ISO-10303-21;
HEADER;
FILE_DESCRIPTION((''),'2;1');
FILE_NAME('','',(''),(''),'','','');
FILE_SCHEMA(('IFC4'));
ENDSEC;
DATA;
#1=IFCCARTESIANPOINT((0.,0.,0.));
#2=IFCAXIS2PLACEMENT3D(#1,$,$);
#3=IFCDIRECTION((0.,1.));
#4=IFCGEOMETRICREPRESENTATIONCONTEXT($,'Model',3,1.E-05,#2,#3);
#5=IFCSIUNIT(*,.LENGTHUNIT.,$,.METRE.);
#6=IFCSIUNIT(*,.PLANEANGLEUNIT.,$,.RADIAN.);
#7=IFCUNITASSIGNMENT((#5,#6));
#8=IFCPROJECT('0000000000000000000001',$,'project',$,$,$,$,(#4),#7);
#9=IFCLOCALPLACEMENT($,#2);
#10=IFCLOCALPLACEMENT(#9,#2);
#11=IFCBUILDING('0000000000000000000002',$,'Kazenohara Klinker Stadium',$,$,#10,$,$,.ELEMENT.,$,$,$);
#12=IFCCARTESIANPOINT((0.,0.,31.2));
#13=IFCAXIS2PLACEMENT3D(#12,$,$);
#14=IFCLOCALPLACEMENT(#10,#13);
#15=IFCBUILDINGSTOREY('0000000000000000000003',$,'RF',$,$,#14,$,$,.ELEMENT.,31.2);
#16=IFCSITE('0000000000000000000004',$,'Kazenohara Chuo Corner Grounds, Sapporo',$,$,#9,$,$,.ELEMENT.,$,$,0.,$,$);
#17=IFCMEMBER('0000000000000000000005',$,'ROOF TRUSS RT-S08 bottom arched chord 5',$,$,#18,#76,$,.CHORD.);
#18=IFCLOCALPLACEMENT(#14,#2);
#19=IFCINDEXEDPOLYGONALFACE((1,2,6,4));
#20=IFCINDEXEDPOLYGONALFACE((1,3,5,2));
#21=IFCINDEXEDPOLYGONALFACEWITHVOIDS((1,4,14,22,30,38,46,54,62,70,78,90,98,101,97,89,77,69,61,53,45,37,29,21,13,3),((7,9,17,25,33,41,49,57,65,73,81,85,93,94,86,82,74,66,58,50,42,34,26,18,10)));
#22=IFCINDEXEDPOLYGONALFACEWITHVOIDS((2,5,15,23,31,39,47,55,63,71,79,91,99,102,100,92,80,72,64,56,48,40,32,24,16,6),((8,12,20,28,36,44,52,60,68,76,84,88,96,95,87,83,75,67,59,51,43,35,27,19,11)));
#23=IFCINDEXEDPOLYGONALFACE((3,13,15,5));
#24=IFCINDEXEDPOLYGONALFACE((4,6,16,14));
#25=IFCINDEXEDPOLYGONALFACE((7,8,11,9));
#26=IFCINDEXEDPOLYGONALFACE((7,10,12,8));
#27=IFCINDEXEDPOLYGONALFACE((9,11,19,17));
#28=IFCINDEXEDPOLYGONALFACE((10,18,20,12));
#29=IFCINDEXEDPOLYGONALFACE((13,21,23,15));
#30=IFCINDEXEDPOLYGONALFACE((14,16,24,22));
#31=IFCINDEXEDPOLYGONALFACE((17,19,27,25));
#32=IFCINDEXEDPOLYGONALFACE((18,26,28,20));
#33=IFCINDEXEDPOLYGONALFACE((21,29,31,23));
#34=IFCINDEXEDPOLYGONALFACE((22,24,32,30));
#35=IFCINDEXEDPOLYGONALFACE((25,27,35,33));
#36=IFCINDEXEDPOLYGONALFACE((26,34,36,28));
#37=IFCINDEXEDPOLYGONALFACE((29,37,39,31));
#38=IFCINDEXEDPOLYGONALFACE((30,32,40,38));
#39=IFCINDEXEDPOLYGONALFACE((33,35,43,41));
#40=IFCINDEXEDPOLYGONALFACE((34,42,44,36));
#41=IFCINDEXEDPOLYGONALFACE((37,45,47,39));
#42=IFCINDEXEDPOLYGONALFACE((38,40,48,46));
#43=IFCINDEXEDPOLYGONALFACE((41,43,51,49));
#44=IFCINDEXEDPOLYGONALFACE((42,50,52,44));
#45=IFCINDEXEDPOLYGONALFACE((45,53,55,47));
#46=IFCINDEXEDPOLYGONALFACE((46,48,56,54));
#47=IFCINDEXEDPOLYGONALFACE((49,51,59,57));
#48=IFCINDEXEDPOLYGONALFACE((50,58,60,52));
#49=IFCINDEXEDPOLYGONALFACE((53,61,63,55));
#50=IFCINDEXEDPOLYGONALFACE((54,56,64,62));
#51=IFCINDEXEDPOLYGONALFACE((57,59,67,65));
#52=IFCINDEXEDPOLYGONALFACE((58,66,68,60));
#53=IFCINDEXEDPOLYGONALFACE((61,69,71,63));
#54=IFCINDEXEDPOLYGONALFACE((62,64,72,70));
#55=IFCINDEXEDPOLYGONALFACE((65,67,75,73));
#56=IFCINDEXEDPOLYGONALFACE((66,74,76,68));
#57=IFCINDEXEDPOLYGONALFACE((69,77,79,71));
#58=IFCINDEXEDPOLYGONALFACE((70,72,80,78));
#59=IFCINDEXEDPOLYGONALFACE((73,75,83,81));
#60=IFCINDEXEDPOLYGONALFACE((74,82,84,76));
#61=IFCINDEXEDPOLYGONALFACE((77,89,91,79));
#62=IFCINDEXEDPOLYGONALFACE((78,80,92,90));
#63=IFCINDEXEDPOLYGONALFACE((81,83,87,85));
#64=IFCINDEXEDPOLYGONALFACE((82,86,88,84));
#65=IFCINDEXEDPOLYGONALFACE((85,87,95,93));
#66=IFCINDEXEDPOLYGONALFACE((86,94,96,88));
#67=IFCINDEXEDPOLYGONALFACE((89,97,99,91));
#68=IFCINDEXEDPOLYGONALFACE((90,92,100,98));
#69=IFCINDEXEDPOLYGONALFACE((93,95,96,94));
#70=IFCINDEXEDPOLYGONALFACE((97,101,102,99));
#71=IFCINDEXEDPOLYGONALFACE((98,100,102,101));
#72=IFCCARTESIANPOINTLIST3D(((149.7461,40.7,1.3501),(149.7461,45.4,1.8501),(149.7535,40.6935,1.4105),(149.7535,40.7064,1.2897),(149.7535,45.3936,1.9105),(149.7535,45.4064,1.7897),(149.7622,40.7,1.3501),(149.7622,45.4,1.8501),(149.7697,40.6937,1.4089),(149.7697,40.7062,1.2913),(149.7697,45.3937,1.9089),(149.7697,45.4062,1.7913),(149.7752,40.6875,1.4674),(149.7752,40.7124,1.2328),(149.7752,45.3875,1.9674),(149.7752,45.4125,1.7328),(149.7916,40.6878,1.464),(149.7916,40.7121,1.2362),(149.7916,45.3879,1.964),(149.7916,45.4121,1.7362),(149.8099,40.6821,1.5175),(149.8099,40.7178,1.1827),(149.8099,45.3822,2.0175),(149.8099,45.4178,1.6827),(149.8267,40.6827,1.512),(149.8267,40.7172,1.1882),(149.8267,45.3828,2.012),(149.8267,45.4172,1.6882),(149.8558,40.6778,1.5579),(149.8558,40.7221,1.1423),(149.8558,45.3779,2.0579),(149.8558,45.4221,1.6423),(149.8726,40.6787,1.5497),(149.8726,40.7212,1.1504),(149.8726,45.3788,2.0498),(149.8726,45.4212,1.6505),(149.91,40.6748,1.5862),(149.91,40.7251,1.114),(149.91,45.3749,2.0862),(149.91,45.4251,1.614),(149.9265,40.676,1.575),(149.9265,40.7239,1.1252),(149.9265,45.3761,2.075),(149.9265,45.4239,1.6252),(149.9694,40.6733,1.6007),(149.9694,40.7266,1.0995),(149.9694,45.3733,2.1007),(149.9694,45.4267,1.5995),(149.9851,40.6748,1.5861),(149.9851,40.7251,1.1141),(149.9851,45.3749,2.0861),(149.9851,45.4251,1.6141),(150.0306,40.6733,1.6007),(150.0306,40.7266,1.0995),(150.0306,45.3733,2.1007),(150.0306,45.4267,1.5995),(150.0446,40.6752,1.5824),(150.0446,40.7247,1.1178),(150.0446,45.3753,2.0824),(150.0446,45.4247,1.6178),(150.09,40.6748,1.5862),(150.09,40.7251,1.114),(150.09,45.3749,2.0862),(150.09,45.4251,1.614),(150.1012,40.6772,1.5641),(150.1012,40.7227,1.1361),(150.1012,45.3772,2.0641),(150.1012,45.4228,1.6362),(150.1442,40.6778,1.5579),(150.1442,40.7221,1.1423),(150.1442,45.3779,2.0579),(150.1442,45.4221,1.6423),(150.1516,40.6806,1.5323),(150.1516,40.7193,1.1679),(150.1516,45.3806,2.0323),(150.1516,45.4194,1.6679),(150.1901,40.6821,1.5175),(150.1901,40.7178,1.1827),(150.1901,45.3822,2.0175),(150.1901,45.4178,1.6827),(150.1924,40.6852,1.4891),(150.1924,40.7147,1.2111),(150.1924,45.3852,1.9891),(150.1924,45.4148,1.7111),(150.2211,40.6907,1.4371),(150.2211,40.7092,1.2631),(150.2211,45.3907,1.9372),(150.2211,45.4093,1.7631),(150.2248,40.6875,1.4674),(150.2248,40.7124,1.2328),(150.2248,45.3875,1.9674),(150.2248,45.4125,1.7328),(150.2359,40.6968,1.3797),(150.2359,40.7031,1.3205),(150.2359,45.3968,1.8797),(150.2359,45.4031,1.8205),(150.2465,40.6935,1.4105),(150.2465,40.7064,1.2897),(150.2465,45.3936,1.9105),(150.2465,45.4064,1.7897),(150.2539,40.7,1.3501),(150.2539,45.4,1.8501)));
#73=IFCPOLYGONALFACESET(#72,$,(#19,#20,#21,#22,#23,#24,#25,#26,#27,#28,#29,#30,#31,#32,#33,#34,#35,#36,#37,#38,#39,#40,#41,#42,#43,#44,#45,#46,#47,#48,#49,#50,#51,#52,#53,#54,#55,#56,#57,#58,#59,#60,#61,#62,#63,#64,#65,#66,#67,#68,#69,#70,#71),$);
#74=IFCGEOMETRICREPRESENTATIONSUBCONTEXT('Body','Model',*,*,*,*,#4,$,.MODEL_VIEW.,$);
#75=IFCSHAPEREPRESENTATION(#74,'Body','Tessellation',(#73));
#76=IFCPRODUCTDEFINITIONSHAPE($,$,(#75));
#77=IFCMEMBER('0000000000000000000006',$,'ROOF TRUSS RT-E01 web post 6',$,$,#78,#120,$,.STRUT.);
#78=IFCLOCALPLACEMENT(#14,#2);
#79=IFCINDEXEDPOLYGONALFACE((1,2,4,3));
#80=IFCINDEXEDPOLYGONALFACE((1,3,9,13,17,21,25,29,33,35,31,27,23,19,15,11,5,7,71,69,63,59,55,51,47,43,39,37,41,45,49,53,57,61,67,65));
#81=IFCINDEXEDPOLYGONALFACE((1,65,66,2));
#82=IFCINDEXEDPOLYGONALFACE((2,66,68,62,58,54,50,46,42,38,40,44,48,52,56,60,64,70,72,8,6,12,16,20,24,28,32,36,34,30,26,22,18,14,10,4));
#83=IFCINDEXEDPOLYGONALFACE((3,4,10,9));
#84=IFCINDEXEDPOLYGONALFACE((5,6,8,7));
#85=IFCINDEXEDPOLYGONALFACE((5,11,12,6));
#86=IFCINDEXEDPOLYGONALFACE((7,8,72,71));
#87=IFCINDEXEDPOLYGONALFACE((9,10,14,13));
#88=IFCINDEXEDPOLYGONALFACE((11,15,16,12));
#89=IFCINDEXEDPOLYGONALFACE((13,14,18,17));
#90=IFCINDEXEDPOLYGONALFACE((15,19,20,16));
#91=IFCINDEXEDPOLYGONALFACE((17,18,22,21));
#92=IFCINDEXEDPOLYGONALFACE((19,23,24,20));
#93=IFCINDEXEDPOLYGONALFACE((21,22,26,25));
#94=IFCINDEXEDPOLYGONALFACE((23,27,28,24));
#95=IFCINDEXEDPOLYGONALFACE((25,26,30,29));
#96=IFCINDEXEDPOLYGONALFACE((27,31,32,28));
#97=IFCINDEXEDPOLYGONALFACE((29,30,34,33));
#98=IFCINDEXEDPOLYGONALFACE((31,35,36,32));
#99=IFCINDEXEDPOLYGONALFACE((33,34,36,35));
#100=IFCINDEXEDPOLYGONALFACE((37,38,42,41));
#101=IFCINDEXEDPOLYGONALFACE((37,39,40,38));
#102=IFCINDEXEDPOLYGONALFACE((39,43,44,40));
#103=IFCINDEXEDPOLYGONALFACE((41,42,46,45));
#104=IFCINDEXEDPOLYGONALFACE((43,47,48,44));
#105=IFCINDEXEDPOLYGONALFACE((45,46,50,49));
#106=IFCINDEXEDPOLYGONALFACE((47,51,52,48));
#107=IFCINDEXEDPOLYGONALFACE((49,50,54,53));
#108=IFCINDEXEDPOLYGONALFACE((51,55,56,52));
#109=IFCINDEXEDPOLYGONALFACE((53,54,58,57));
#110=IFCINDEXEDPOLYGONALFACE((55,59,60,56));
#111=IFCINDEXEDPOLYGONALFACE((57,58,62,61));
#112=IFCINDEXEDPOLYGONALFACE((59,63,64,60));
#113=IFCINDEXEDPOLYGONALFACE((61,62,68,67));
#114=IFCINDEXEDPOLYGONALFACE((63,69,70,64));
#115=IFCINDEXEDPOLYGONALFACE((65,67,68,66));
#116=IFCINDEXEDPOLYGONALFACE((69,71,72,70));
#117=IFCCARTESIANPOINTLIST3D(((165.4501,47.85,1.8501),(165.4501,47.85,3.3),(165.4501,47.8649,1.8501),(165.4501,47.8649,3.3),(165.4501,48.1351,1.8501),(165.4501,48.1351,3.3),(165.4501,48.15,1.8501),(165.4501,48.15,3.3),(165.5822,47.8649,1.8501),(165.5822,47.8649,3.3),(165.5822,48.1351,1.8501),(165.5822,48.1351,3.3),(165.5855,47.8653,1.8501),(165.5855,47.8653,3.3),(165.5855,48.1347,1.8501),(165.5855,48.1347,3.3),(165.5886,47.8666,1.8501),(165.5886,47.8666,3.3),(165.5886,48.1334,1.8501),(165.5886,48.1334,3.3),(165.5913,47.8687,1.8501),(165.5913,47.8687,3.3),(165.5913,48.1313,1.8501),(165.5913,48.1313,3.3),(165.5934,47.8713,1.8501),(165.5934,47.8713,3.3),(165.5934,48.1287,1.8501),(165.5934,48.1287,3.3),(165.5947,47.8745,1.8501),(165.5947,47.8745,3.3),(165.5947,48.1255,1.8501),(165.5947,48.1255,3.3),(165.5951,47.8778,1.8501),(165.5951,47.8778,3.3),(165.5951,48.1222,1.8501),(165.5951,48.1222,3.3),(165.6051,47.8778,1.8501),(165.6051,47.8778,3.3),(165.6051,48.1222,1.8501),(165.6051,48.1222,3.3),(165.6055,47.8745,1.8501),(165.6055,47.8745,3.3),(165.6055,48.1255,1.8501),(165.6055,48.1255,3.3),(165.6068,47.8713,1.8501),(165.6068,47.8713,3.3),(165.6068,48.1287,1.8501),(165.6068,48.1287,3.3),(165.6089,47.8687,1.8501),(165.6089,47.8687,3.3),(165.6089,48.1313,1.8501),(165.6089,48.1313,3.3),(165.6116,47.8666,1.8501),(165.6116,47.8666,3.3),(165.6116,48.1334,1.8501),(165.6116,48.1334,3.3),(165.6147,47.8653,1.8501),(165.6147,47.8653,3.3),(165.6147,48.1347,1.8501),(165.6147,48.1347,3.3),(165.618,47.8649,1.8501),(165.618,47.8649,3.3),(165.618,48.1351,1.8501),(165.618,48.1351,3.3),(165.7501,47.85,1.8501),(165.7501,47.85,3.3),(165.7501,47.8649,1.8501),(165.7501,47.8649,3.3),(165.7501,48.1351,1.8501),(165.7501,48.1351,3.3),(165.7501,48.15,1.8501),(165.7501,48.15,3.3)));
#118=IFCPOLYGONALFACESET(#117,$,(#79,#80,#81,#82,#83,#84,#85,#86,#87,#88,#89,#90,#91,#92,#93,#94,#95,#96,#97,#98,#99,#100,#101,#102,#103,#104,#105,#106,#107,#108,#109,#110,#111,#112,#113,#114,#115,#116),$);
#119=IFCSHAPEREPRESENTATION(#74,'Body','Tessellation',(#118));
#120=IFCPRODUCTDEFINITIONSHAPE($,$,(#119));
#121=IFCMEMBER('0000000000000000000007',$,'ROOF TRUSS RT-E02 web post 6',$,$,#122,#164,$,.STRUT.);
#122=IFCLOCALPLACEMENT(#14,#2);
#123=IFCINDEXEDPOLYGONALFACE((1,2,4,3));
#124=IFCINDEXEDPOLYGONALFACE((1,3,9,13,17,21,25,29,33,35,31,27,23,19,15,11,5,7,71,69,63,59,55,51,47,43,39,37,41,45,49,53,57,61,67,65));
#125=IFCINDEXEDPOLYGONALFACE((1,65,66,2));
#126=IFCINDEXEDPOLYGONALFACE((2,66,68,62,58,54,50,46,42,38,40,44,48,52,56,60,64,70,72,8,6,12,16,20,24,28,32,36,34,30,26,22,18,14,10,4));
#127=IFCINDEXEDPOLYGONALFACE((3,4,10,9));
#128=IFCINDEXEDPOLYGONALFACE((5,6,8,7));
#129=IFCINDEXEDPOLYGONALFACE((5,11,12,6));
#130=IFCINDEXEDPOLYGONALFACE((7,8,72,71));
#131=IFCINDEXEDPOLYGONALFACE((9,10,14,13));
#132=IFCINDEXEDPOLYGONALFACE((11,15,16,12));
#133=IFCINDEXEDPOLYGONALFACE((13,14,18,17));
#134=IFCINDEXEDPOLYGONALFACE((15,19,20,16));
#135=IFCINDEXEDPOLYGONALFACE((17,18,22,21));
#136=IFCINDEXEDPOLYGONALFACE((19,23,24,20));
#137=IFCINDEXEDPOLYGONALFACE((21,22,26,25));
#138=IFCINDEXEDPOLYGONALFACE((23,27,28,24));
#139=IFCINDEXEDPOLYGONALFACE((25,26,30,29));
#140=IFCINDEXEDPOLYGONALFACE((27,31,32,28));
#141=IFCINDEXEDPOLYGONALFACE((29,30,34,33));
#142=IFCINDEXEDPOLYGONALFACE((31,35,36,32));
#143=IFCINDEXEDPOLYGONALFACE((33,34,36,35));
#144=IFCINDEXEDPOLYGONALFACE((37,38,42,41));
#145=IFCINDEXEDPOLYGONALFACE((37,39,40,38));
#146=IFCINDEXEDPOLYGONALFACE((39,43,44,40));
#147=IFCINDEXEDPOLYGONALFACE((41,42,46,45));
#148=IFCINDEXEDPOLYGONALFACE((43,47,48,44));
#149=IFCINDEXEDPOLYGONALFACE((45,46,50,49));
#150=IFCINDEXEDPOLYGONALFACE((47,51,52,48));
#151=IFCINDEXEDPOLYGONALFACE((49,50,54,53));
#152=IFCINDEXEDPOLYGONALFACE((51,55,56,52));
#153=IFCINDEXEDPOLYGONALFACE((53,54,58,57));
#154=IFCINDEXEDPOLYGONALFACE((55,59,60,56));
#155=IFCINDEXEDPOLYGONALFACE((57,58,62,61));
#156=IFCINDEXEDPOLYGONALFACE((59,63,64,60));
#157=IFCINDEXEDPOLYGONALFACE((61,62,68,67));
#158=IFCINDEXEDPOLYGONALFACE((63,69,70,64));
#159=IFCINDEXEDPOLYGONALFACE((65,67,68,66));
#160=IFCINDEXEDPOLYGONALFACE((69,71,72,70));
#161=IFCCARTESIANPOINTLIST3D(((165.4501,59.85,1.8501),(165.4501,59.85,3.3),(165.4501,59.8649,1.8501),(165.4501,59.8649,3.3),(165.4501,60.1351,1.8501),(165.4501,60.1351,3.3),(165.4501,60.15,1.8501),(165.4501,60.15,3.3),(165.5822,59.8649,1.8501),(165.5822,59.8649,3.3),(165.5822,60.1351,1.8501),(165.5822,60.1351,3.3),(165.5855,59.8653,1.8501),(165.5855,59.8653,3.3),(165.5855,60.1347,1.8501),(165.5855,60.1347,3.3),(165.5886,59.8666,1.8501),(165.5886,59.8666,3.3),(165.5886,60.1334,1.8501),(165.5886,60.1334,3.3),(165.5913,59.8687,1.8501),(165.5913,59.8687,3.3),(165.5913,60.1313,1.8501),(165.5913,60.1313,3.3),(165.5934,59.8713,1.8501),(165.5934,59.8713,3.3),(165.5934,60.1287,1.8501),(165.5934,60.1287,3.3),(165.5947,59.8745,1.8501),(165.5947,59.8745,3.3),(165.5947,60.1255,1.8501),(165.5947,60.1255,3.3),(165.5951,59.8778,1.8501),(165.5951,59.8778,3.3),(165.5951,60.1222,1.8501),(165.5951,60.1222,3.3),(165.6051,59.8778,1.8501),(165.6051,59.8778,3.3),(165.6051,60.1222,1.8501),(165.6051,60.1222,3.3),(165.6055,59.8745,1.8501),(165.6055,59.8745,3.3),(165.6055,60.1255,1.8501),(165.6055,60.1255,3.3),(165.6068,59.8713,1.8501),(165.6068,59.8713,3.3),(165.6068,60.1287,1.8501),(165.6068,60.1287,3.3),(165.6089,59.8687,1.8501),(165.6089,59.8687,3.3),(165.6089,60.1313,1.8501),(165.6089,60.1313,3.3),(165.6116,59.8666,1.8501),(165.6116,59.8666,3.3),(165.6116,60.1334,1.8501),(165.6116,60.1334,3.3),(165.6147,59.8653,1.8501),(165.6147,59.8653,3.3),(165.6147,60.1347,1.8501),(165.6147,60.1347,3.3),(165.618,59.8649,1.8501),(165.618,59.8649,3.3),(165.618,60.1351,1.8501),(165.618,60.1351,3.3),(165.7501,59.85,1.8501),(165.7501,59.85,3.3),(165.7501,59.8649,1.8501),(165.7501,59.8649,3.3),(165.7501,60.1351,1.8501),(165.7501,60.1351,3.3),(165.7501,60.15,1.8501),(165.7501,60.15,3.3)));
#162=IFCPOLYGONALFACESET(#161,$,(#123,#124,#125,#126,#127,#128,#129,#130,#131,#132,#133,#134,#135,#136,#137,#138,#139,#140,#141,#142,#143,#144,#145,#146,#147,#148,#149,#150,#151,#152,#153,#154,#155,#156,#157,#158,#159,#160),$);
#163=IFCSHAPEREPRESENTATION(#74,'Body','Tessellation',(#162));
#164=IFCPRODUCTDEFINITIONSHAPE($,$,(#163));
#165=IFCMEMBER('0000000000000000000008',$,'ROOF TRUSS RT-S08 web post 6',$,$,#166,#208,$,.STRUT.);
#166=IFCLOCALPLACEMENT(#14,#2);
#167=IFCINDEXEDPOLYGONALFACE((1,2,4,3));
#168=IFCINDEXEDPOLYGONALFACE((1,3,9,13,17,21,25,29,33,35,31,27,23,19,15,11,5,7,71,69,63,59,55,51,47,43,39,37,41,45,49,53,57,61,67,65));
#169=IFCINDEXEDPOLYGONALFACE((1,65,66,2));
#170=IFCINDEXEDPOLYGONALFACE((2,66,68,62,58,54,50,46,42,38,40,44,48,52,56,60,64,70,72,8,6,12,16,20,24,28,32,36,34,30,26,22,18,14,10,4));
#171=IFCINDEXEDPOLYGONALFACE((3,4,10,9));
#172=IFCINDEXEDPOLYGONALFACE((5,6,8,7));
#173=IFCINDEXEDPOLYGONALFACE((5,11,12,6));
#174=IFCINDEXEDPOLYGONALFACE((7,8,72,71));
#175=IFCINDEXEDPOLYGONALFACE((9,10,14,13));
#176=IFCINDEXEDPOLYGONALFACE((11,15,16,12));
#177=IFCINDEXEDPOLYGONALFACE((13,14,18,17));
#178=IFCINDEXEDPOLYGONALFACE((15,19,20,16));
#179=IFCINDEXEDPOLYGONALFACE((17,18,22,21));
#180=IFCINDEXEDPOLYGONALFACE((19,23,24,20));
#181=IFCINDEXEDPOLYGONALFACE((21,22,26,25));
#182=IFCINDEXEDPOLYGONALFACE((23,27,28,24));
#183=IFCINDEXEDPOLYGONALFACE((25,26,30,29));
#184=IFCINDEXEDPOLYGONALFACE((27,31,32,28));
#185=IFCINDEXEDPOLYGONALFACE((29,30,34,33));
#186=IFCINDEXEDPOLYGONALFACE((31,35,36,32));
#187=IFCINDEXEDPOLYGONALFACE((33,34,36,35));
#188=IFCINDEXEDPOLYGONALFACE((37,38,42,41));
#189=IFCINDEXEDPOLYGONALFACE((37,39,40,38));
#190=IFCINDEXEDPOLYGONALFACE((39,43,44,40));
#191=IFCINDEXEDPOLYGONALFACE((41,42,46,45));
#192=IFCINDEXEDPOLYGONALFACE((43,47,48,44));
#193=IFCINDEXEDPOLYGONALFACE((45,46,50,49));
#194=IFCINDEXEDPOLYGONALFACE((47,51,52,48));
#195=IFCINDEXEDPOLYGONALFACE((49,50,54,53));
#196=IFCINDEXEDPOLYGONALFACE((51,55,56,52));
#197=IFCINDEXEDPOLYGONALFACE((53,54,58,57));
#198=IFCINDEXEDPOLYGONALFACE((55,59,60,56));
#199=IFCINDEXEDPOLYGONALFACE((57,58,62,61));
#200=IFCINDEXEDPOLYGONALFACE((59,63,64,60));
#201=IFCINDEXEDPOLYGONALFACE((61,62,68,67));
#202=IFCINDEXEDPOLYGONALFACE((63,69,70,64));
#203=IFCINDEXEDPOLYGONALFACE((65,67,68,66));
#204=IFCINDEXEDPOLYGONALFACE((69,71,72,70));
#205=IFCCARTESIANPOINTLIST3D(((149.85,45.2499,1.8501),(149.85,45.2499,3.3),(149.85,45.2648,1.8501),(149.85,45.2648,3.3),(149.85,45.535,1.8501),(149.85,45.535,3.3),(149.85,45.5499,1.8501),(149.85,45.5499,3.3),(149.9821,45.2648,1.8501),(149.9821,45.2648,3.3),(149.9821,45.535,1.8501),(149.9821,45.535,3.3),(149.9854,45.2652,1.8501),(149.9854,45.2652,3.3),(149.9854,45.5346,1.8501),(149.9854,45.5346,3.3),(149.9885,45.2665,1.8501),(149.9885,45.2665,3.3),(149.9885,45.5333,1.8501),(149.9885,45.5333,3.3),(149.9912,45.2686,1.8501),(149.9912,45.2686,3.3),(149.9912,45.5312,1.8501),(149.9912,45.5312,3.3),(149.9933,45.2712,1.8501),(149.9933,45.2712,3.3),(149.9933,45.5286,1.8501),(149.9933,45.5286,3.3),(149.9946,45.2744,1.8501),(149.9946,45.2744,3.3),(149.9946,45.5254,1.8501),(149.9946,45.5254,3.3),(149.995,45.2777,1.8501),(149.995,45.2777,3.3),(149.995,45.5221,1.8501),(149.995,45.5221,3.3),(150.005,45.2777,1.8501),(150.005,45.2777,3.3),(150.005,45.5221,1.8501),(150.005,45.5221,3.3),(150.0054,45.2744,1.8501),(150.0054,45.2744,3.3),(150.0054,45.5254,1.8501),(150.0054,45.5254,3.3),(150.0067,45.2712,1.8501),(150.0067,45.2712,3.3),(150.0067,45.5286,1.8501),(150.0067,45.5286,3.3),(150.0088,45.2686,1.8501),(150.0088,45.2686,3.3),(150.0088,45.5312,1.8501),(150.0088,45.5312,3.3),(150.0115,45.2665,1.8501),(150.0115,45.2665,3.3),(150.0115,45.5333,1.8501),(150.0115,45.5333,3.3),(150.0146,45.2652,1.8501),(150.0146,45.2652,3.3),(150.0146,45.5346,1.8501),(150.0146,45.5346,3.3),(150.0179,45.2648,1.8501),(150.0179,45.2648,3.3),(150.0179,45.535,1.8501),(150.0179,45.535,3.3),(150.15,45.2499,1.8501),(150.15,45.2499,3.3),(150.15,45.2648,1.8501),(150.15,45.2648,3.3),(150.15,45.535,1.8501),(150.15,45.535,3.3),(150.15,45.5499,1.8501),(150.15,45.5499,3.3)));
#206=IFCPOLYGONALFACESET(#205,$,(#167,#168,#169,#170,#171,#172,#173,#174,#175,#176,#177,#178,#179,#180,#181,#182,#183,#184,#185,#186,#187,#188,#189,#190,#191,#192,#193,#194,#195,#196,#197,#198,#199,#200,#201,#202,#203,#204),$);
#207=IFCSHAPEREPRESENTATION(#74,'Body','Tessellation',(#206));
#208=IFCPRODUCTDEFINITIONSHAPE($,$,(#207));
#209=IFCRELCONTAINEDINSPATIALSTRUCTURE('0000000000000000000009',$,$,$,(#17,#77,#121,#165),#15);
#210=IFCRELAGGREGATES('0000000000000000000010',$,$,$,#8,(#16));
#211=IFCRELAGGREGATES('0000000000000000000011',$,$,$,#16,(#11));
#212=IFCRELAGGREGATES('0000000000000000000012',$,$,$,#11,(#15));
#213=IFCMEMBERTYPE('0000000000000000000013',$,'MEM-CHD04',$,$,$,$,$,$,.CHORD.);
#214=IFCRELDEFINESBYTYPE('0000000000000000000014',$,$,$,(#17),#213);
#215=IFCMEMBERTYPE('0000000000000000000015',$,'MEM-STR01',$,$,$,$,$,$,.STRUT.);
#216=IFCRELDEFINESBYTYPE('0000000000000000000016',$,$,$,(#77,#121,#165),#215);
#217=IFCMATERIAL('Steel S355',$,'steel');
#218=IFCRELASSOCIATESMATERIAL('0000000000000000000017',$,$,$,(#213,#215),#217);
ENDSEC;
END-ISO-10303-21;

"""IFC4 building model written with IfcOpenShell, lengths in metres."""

from ifc_helpers import new_model, si_unit, direction, frame, origin, origin_2d, place, context, subcontext, project, spatial, hollow_circle, i_section, extrude, material, material_profile, profile_set, type_object, element, save


model = new_model("IFC4")

# Units and contexts
model_context = context("Model", 3, precision=1e-05, world=origin(), true_north=direction((0.0, 1.0)))
body_context = subcontext(model_context, "Body", "Model", "MODEL_VIEW")
ifc_project = project(units=[si_unit("LENGTHUNIT", "METRE"), si_unit("PLANEANGLEUNIT", "RADIAN")], contexts=[model_context])

# Site, building, storey
site_placement = place(None, origin())
site = spatial("IfcSite", under=ifc_project, at=site_placement, Name="Kazenohara Chuo Corner Grounds, Sapporo", CompositionType="ELEMENT", RefElevation=0.0)
building_placement = place(site_placement, origin())
building = spatial("IfcBuilding", under=site, at=building_placement, Name="Kazenohara Klinker Stadium", CompositionType="ELEMENT")
storey_placement = place(building_placement, frame((0.0, 0.0, 31.2)))
storey = spatial("IfcBuildingStorey", under=building, at=storey_placement, Name="RF", CompositionType="ELEMENT", Elevation=31.2)

# Members
ifc_material = material(Name="Steel S355", Category="steel")
ifc_material_profile_1 = material_profile(ifc_material, hollow_circle(Radius=0.2539, WallThickness=0.0161, at=origin_2d()), Name="CHS-508.0x16")
ifc_profile_set_1 = profile_set([ifc_material_profile_1], Name="Steel S355")
member_type_1 = type_object("IfcMemberType", Name="MEM-CHD04", PredefinedType="CHORD", material=ifc_profile_set_1)
member_1_placement = place(storey_placement, frame((150.0, 40.7, 1.3501), z_axis=(0.0, 0.994389, 0.105787), x_axis=(-1.0, 0.0, 0.0)))
element("IfcMember", 1, at=member_1_placement, inside=storey, type_object=member_type_1, Name="ROOF TRUSS RT-S08 bottom arched chord 5", PredefinedType="CHORD", context=body_context, shape_type="SweptSolid", body=[
    extrude(hollow_circle(Radius=0.2539, WallThickness=0.0161, at=origin_2d()), origin(), (0.0, 0.0, 1.0), 4.7266),
])
ifc_material_profile_2 = material_profile(ifc_material, i_section(OverallWidth=0.3, OverallDepth=0.3, WebThickness=0.01, FlangeThickness=0.0149, FilletRadius=0.0129, at=origin_2d()), Name="H-300x300x10x15")
ifc_profile_set_2 = profile_set([ifc_material_profile_2], Name="Steel S355")
member_type_2 = type_object("IfcMemberType", Name="MEM-STR01", PredefinedType="STRUT", material=ifc_profile_set_2)
for number, where, z_axis, x_axis, name in (
    (2, (165.6001, 48.0, 1.8501), (0.0, 0.0, 1.0), (1.0, 0.0, 0.0), "ROOF TRUSS RT-E01 web post 6"),
    (3, (165.6001, 60.0, 1.8501), (0.0, 0.0, 1.0), (1.0, 0.0, 0.0), "ROOF TRUSS RT-E02 web post 6"),
    (4, (150.0, 45.3999, 1.8501), (0.0, 0.0, 1.0), (1.0, 0.0, 0.0), "ROOF TRUSS RT-S08 web post 6"),
):
    element("IfcMember", number, at=place(storey_placement, frame(where, z_axis=z_axis, x_axis=x_axis)), inside=storey, type_object=member_type_2, Name=name, PredefinedType="STRUT", context=body_context, shape_type="SweptSolid", body=[
        extrude(i_section(OverallWidth=0.3, OverallDepth=0.3, WebThickness=0.01, FlangeThickness=0.0149, FilletRadius=0.0129, at=origin_2d()), origin(), (0.0, 0.0, 1.0), 1.45),
    ])

save(model, "model.ifc")
